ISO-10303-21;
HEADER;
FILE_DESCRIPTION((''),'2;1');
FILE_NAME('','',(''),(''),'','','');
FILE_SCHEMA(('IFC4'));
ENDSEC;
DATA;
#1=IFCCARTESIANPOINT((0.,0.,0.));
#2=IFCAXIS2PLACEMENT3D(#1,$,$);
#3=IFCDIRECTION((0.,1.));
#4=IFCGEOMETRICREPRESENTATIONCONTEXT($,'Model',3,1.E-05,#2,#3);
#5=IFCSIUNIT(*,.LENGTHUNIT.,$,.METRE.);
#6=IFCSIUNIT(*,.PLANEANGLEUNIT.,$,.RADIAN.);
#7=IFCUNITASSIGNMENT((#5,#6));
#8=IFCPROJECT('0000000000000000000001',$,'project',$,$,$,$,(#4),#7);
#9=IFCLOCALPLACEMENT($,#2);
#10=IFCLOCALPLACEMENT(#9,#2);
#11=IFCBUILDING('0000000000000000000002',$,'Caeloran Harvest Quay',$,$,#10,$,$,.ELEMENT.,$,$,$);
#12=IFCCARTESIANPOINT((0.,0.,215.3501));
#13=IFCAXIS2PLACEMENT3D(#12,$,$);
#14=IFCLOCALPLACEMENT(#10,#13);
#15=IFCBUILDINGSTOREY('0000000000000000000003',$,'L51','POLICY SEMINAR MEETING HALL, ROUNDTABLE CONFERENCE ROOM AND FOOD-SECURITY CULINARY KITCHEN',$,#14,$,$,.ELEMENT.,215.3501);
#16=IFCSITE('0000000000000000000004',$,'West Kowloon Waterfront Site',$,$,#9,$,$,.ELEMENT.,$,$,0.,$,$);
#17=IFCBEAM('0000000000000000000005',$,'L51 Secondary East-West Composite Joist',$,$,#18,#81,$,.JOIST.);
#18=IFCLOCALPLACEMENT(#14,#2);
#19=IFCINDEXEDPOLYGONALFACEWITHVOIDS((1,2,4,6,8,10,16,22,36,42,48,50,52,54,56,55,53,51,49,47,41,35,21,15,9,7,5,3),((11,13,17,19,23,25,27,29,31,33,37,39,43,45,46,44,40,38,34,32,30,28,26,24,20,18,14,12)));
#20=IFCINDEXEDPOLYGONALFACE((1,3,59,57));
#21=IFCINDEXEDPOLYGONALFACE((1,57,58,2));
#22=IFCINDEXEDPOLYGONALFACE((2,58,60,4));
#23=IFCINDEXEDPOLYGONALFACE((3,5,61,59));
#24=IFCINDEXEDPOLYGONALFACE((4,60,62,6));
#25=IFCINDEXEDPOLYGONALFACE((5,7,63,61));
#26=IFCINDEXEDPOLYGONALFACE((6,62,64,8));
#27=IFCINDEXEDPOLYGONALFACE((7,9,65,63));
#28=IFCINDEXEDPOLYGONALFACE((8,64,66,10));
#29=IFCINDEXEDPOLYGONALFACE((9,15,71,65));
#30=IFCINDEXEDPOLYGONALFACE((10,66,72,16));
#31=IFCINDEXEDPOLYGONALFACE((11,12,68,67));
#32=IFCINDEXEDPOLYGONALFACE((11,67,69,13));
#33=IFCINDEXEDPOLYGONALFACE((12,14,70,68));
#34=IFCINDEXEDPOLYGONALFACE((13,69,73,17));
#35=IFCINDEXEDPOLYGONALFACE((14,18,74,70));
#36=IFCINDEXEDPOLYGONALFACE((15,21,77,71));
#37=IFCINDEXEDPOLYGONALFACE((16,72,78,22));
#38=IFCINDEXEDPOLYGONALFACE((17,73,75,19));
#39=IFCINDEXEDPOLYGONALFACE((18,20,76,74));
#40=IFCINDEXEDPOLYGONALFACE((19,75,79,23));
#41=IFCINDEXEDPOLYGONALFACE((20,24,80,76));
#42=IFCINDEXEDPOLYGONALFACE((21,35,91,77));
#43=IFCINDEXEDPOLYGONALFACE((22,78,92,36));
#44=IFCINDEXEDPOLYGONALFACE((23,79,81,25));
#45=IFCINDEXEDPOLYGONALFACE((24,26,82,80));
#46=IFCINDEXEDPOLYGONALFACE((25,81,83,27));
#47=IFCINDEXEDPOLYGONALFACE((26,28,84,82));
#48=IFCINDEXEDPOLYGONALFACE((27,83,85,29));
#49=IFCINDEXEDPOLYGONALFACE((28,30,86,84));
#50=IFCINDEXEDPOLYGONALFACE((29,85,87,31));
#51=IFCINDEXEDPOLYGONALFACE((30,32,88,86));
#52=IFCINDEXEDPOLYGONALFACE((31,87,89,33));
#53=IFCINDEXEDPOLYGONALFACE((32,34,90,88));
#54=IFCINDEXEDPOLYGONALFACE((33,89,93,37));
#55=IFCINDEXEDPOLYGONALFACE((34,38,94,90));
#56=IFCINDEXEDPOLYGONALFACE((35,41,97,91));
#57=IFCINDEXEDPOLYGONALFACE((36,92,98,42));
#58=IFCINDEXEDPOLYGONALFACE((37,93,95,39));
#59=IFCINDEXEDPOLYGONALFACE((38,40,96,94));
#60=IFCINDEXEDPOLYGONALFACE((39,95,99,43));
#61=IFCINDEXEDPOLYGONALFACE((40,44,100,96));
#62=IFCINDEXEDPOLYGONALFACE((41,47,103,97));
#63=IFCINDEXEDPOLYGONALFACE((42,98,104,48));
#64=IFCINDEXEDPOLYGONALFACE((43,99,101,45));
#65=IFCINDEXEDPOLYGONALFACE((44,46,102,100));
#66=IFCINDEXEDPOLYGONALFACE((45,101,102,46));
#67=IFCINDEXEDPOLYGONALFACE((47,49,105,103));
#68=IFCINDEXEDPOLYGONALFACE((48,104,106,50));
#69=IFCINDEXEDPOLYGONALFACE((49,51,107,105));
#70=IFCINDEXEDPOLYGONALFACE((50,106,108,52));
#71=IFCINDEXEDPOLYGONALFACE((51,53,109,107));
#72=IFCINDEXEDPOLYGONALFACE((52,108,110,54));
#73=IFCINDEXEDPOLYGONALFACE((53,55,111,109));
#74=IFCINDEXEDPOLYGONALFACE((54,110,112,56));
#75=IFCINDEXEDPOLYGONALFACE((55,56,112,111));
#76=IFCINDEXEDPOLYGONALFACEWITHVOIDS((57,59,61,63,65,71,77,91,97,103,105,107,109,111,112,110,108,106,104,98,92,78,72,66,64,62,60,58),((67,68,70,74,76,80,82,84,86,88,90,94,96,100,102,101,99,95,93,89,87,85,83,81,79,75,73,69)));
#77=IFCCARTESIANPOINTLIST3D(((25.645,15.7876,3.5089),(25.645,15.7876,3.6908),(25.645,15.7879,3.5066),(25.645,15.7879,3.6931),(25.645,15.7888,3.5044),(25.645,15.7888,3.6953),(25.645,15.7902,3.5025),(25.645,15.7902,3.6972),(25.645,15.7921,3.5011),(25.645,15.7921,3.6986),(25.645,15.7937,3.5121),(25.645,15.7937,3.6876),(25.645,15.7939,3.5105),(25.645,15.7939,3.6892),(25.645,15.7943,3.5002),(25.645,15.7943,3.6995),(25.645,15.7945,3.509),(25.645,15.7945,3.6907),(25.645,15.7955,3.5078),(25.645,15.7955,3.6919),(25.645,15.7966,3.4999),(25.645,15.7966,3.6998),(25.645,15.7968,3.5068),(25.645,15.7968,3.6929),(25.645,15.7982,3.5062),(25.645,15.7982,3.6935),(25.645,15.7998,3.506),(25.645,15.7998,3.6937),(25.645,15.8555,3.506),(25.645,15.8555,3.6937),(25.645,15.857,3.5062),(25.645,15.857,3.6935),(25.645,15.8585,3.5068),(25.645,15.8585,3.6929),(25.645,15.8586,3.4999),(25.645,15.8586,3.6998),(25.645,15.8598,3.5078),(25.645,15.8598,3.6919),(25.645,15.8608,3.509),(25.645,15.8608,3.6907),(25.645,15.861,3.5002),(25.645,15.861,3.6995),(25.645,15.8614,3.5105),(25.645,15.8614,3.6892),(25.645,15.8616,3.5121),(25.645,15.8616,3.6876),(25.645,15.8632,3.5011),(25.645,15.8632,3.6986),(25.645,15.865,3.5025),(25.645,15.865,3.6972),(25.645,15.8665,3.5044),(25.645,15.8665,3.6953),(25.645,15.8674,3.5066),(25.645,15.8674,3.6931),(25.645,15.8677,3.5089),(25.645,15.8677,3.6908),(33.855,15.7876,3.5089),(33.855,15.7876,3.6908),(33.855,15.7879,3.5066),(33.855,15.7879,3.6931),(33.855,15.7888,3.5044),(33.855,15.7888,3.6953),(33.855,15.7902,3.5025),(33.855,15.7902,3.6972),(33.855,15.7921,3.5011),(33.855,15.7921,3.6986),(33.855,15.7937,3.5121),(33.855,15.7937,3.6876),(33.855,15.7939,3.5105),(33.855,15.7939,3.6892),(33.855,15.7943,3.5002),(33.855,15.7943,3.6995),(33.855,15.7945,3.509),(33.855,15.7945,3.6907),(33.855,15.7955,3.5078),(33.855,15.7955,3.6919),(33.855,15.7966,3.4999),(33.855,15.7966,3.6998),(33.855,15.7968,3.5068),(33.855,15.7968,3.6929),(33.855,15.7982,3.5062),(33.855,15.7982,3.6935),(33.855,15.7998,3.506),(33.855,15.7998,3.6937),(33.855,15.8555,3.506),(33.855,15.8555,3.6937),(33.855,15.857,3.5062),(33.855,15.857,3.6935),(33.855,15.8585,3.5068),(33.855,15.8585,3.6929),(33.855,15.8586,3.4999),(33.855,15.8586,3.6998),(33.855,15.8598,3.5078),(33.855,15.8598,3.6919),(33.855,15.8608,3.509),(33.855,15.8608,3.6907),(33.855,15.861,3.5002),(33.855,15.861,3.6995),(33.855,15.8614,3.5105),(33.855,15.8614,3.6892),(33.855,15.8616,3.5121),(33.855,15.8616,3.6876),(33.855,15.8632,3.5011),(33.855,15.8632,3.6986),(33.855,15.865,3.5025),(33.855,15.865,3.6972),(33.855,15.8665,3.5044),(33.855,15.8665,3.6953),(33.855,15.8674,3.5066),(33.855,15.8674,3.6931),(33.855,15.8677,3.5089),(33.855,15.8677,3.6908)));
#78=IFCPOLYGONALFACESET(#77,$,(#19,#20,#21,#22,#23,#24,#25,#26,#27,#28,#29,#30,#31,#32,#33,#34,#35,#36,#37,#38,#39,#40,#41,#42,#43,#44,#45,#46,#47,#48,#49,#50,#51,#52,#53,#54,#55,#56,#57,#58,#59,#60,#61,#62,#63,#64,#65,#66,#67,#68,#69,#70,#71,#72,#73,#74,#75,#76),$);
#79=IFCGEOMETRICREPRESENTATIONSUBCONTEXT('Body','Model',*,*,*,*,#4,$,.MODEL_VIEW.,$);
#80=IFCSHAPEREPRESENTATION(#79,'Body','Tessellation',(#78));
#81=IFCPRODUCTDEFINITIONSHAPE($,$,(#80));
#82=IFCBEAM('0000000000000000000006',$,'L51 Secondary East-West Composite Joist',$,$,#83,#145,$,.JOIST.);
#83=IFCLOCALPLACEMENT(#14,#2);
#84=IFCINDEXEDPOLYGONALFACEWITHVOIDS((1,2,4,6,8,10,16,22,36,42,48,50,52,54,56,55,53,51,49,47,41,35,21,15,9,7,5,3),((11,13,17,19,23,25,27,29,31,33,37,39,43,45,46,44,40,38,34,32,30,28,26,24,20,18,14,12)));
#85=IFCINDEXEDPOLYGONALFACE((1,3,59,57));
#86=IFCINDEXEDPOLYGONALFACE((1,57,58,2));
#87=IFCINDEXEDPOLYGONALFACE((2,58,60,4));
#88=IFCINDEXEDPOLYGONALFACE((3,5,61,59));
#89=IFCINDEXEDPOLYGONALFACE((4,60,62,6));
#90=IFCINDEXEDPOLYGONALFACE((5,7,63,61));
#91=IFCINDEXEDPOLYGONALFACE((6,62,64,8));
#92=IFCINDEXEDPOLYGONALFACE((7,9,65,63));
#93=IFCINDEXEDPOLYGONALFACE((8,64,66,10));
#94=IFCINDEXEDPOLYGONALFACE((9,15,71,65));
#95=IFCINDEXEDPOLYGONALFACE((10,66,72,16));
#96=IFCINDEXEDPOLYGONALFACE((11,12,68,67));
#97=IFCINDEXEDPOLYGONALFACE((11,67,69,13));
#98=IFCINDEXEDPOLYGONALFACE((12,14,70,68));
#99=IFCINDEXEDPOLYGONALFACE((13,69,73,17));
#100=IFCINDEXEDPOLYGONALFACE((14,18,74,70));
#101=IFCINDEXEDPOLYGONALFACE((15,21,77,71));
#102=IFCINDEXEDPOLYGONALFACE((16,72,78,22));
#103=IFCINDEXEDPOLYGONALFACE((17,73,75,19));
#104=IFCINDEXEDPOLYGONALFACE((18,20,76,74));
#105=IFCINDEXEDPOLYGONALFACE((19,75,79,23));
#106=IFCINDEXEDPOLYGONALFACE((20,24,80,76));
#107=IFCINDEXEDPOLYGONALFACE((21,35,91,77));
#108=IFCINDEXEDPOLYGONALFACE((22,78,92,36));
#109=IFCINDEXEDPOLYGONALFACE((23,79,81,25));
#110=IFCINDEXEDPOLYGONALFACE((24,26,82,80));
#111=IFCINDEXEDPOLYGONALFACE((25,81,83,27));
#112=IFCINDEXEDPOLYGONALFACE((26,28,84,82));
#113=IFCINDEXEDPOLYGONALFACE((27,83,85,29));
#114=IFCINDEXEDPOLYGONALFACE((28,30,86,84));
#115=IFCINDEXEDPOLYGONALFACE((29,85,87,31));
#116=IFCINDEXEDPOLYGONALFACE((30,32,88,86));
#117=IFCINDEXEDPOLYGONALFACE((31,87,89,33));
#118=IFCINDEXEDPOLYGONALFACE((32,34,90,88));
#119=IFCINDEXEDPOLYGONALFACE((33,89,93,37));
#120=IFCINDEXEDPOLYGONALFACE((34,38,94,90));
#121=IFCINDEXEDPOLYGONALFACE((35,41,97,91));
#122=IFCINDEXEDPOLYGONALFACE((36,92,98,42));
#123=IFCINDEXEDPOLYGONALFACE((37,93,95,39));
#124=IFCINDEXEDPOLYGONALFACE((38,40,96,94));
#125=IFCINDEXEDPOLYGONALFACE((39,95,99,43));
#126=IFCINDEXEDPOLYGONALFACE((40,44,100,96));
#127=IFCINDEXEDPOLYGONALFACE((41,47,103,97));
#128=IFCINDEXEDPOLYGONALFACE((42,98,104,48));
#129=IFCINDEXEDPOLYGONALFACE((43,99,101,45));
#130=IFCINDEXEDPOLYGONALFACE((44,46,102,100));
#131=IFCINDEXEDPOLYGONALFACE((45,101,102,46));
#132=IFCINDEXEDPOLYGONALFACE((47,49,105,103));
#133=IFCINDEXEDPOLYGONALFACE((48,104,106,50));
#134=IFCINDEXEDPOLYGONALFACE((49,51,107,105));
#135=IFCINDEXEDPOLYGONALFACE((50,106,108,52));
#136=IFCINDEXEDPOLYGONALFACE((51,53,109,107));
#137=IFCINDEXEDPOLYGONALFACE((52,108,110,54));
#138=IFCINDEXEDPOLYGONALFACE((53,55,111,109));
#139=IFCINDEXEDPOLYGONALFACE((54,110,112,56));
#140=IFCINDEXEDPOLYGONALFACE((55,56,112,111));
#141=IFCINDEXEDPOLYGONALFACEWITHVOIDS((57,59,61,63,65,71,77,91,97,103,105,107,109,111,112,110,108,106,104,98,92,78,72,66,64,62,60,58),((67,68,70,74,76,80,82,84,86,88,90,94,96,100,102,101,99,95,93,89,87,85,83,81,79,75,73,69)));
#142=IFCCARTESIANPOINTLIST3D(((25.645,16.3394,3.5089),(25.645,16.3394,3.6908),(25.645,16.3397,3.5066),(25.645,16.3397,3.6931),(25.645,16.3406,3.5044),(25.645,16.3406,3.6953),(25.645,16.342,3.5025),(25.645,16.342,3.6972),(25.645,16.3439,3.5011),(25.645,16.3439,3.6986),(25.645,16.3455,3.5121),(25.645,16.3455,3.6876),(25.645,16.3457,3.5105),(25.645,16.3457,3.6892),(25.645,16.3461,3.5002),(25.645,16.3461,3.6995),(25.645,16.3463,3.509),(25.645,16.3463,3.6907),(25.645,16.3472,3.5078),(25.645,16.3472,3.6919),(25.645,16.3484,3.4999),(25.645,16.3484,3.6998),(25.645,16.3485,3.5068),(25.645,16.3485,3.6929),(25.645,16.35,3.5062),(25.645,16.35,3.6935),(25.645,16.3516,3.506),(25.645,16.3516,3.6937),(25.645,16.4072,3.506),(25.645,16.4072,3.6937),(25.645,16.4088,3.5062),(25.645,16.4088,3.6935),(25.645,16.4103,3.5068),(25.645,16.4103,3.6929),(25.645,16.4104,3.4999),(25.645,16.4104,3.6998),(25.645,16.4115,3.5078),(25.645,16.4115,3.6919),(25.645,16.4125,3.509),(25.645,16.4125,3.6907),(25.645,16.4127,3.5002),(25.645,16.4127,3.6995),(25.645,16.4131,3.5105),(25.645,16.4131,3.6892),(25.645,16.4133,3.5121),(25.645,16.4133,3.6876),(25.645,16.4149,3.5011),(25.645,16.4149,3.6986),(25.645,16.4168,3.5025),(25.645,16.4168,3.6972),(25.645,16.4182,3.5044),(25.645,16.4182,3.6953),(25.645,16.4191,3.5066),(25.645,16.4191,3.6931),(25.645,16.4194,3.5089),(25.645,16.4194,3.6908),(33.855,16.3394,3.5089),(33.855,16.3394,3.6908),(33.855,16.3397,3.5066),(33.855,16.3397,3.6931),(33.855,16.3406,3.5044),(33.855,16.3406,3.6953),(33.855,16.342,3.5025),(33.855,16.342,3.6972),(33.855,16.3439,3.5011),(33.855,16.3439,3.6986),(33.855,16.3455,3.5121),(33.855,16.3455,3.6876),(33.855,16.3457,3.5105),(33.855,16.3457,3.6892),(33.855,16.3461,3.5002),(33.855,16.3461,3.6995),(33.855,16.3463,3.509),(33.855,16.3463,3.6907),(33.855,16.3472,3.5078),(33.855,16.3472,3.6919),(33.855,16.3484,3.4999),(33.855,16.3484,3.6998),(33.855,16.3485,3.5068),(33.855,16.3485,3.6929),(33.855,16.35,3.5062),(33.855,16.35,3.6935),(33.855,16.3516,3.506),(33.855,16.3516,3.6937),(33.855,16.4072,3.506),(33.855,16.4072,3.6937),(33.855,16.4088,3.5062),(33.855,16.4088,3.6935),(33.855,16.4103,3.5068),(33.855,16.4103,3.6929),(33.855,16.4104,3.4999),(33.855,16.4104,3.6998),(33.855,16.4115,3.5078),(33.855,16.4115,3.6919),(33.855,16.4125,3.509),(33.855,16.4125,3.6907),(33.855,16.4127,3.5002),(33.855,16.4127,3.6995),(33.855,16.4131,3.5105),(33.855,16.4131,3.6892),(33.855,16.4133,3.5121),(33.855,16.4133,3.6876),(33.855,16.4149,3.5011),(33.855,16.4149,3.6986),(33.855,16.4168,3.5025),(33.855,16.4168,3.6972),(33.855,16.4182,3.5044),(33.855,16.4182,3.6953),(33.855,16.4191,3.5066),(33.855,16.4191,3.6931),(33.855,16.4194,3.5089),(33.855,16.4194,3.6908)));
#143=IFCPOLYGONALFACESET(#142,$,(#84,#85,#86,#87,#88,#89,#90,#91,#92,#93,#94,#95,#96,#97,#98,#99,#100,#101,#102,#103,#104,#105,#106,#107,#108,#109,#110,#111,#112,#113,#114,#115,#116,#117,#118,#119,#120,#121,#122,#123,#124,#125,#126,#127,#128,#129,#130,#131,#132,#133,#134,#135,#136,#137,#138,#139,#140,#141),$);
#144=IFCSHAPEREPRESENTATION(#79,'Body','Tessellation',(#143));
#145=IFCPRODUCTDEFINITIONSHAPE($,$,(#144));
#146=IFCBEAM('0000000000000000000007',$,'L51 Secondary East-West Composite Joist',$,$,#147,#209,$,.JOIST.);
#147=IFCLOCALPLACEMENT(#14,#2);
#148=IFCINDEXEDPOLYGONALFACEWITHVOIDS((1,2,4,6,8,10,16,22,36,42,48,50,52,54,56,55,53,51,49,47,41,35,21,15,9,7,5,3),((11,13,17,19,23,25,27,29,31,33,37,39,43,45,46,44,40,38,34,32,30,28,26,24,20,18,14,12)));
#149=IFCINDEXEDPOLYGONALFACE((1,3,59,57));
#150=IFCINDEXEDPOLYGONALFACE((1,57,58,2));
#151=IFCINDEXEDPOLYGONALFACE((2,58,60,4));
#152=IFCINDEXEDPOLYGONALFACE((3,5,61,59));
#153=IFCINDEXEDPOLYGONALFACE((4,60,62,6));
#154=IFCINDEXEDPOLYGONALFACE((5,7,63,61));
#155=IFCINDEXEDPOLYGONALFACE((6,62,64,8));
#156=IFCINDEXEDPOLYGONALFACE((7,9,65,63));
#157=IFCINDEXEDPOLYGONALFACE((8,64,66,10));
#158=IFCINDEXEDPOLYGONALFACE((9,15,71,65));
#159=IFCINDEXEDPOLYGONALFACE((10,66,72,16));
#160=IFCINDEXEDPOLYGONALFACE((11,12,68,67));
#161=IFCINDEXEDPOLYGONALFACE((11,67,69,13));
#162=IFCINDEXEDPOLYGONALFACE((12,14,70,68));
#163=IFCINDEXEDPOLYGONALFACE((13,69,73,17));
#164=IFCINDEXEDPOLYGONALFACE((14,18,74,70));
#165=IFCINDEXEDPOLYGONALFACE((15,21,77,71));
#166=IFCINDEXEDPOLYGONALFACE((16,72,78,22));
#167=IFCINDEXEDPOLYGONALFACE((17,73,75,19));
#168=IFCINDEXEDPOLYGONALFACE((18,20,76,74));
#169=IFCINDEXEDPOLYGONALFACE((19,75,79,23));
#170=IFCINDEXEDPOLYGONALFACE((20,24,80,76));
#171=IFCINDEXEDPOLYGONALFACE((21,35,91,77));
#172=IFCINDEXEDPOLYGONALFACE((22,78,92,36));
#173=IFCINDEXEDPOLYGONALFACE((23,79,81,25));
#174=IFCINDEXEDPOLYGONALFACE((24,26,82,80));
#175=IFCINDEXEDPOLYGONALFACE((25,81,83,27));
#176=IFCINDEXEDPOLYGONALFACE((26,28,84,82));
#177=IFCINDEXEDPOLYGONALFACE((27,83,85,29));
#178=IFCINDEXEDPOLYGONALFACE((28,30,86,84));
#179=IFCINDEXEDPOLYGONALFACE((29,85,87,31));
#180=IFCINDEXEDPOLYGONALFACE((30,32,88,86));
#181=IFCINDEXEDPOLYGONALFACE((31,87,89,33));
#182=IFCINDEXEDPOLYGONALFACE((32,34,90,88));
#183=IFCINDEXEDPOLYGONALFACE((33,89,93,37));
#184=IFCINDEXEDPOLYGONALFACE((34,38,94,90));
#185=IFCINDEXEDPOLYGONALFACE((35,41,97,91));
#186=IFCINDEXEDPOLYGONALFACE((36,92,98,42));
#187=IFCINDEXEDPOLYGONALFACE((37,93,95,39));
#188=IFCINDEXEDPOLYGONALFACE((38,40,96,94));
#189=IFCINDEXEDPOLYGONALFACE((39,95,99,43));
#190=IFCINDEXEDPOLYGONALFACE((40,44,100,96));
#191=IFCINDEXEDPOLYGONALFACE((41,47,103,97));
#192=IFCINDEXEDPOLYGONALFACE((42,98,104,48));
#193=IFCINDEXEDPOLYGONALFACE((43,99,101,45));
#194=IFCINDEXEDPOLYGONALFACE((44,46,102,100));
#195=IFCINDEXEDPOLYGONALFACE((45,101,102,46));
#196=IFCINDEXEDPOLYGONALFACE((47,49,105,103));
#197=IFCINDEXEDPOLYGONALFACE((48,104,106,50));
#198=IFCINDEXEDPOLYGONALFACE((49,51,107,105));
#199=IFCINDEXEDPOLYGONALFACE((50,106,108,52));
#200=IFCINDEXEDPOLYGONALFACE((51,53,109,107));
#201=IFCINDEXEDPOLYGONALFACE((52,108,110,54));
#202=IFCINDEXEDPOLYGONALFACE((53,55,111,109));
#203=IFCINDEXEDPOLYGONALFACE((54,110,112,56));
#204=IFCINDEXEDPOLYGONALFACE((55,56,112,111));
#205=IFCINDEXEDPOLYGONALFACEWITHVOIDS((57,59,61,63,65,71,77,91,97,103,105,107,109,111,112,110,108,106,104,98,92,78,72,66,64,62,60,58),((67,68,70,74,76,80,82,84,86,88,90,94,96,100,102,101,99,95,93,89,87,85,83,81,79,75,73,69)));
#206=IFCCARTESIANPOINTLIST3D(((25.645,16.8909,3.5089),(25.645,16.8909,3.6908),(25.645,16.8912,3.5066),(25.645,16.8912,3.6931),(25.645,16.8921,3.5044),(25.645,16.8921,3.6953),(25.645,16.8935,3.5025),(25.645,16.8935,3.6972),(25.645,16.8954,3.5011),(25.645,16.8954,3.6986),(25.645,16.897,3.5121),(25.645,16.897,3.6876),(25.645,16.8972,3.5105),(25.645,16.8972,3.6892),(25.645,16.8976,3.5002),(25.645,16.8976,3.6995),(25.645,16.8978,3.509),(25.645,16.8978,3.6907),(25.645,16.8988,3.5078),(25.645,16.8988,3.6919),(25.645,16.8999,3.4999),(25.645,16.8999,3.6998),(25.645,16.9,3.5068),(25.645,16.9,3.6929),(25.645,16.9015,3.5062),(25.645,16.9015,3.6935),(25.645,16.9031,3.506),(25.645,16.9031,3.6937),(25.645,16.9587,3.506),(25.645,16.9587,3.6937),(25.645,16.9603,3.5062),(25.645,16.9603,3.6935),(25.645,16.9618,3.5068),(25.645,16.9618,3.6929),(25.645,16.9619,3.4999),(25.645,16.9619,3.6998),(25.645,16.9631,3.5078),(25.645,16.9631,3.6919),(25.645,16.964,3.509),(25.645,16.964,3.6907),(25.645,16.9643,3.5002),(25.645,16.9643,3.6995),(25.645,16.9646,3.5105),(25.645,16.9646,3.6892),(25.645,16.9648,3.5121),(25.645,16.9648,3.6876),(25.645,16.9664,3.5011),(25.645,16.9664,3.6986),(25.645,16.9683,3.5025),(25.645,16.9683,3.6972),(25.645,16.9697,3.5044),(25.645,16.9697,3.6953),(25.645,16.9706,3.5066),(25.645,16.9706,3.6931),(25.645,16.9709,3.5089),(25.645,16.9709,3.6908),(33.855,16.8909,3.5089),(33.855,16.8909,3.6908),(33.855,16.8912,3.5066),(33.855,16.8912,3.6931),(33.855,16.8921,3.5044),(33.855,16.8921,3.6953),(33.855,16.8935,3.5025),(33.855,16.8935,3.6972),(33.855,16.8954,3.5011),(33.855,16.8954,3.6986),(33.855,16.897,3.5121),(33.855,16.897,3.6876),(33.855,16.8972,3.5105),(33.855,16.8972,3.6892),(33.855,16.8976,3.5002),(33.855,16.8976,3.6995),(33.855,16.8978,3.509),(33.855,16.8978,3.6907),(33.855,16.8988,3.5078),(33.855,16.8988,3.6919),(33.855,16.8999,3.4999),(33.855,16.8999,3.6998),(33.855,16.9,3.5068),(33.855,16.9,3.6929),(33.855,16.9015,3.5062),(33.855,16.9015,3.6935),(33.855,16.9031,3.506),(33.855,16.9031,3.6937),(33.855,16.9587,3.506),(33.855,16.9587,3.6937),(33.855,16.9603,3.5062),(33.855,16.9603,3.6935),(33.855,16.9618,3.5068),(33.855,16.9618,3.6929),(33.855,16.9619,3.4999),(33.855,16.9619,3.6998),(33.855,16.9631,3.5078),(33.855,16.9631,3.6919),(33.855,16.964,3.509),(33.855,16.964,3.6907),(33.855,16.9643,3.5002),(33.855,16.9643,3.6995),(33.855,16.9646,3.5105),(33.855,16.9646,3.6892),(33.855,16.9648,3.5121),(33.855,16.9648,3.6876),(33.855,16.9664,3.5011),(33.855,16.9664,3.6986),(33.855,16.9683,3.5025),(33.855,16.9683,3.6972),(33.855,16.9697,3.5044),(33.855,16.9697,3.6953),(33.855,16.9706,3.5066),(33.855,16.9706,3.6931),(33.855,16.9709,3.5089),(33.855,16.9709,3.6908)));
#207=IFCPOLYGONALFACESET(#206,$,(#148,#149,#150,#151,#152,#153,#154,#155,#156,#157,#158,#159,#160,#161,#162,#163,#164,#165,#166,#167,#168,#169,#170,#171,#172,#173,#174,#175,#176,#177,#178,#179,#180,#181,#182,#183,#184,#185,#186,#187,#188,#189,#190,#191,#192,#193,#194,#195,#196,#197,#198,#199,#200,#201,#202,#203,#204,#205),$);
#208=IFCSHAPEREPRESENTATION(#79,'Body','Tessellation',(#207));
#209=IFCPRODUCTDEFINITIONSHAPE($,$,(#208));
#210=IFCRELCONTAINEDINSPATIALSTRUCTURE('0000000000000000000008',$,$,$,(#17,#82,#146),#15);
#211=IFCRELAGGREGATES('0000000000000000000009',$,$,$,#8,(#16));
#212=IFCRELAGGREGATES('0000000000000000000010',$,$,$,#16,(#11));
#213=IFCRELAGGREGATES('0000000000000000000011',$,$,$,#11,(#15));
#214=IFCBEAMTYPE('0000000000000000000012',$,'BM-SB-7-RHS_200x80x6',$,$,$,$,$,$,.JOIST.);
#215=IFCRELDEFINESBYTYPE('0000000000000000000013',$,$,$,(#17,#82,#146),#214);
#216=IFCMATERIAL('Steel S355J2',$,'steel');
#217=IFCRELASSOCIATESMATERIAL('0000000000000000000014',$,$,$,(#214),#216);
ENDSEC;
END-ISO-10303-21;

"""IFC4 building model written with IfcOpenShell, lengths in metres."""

from ifc_helpers import new_model, si_unit, direction, frame, origin, origin_2d, place, context, subcontext, project, spatial, hollow_rectangle, extrude, material, material_profile, profile_set, type_object, element, save


model = new_model("IFC4")

# Units and contexts
model_context = context("Model", 3, precision=1e-05, world=origin(), true_north=direction((0.0, 1.0)))
body_context = subcontext(model_context, "Body", "Model", "MODEL_VIEW")
ifc_project = project(units=[si_unit("LENGTHUNIT", "METRE"), si_unit("PLANEANGLEUNIT", "RADIAN")], contexts=[model_context])

# Site, building, storey
site_placement = place(None, origin())
site = spatial("IfcSite", under=ifc_project, at=site_placement, Name="West Kowloon Waterfront Site", CompositionType="ELEMENT", RefElevation=0.0)
building_placement = place(site_placement, origin())
building = spatial("IfcBuilding", under=site, at=building_placement, Name="Caeloran Harvest Quay", CompositionType="ELEMENT")
storey_placement = place(building_placement, frame((0.0, 0.0, 215.3501)))
storey = spatial("IfcBuildingStorey", under=building, at=storey_placement, Name="L51", Description="POLICY SEMINAR MEETING HALL, ROUNDTABLE CONFERENCE ROOM AND FOOD-SECURITY CULINARY KITCHEN", CompositionType="ELEMENT", Elevation=215.3501)

# Beams
ifc_material_1 = material(Name="Steel S355J2", Category="steel")
ifc_material_profile_1 = material_profile(ifc_material_1, hollow_rectangle(XDim=0.0801, YDim=0.2, WallThickness=0.0061, InnerFilletRadius=0.0061, OuterFilletRadius=0.009, at=origin_2d()), Name="RHS 200x80x6")
ifc_profile_set_1 = profile_set([ifc_material_profile_1], Name="Steel S355J2")
beam_type_1 = type_object("IfcBeamType", Name="BM-SB-7-RHS_200x80x6", PredefinedType="JOIST", material=ifc_profile_set_1)
for number, where, z_axis, x_axis, name in (
    (1, (25.645, 15.8276, 3.5999), (1.0, 0.0, 0.0), (0.0, 1.0, 0.0), "L51 Secondary East-West Composite Joist"),
    (2, (25.645, 16.3794, 3.5999), (1.0, 0.0, 0.0), (0.0, 1.0, 0.0), "L51 Secondary East-West Composite Joist"),
    (3, (25.645, 16.9309, 3.5999), (1.0, 0.0, 0.0), (0.0, 1.0, 0.0), "L51 Secondary East-West Composite Joist"),
):
    element("IfcBeam", number, at=place(storey_placement, frame(where, z_axis=z_axis, x_axis=x_axis)), inside=storey, type_object=beam_type_1, Name=name, PredefinedType="JOIST", context=body_context, shape_type="SweptSolid", body=[
        extrude(hollow_rectangle(XDim=0.0801, YDim=0.2, WallThickness=0.0061, InnerFilletRadius=0.0061, OuterFilletRadius=0.009, at=origin_2d()), origin(), (0.0, 0.0, 1.0), 8.21),
    ])

save(model, "model.ifc")
